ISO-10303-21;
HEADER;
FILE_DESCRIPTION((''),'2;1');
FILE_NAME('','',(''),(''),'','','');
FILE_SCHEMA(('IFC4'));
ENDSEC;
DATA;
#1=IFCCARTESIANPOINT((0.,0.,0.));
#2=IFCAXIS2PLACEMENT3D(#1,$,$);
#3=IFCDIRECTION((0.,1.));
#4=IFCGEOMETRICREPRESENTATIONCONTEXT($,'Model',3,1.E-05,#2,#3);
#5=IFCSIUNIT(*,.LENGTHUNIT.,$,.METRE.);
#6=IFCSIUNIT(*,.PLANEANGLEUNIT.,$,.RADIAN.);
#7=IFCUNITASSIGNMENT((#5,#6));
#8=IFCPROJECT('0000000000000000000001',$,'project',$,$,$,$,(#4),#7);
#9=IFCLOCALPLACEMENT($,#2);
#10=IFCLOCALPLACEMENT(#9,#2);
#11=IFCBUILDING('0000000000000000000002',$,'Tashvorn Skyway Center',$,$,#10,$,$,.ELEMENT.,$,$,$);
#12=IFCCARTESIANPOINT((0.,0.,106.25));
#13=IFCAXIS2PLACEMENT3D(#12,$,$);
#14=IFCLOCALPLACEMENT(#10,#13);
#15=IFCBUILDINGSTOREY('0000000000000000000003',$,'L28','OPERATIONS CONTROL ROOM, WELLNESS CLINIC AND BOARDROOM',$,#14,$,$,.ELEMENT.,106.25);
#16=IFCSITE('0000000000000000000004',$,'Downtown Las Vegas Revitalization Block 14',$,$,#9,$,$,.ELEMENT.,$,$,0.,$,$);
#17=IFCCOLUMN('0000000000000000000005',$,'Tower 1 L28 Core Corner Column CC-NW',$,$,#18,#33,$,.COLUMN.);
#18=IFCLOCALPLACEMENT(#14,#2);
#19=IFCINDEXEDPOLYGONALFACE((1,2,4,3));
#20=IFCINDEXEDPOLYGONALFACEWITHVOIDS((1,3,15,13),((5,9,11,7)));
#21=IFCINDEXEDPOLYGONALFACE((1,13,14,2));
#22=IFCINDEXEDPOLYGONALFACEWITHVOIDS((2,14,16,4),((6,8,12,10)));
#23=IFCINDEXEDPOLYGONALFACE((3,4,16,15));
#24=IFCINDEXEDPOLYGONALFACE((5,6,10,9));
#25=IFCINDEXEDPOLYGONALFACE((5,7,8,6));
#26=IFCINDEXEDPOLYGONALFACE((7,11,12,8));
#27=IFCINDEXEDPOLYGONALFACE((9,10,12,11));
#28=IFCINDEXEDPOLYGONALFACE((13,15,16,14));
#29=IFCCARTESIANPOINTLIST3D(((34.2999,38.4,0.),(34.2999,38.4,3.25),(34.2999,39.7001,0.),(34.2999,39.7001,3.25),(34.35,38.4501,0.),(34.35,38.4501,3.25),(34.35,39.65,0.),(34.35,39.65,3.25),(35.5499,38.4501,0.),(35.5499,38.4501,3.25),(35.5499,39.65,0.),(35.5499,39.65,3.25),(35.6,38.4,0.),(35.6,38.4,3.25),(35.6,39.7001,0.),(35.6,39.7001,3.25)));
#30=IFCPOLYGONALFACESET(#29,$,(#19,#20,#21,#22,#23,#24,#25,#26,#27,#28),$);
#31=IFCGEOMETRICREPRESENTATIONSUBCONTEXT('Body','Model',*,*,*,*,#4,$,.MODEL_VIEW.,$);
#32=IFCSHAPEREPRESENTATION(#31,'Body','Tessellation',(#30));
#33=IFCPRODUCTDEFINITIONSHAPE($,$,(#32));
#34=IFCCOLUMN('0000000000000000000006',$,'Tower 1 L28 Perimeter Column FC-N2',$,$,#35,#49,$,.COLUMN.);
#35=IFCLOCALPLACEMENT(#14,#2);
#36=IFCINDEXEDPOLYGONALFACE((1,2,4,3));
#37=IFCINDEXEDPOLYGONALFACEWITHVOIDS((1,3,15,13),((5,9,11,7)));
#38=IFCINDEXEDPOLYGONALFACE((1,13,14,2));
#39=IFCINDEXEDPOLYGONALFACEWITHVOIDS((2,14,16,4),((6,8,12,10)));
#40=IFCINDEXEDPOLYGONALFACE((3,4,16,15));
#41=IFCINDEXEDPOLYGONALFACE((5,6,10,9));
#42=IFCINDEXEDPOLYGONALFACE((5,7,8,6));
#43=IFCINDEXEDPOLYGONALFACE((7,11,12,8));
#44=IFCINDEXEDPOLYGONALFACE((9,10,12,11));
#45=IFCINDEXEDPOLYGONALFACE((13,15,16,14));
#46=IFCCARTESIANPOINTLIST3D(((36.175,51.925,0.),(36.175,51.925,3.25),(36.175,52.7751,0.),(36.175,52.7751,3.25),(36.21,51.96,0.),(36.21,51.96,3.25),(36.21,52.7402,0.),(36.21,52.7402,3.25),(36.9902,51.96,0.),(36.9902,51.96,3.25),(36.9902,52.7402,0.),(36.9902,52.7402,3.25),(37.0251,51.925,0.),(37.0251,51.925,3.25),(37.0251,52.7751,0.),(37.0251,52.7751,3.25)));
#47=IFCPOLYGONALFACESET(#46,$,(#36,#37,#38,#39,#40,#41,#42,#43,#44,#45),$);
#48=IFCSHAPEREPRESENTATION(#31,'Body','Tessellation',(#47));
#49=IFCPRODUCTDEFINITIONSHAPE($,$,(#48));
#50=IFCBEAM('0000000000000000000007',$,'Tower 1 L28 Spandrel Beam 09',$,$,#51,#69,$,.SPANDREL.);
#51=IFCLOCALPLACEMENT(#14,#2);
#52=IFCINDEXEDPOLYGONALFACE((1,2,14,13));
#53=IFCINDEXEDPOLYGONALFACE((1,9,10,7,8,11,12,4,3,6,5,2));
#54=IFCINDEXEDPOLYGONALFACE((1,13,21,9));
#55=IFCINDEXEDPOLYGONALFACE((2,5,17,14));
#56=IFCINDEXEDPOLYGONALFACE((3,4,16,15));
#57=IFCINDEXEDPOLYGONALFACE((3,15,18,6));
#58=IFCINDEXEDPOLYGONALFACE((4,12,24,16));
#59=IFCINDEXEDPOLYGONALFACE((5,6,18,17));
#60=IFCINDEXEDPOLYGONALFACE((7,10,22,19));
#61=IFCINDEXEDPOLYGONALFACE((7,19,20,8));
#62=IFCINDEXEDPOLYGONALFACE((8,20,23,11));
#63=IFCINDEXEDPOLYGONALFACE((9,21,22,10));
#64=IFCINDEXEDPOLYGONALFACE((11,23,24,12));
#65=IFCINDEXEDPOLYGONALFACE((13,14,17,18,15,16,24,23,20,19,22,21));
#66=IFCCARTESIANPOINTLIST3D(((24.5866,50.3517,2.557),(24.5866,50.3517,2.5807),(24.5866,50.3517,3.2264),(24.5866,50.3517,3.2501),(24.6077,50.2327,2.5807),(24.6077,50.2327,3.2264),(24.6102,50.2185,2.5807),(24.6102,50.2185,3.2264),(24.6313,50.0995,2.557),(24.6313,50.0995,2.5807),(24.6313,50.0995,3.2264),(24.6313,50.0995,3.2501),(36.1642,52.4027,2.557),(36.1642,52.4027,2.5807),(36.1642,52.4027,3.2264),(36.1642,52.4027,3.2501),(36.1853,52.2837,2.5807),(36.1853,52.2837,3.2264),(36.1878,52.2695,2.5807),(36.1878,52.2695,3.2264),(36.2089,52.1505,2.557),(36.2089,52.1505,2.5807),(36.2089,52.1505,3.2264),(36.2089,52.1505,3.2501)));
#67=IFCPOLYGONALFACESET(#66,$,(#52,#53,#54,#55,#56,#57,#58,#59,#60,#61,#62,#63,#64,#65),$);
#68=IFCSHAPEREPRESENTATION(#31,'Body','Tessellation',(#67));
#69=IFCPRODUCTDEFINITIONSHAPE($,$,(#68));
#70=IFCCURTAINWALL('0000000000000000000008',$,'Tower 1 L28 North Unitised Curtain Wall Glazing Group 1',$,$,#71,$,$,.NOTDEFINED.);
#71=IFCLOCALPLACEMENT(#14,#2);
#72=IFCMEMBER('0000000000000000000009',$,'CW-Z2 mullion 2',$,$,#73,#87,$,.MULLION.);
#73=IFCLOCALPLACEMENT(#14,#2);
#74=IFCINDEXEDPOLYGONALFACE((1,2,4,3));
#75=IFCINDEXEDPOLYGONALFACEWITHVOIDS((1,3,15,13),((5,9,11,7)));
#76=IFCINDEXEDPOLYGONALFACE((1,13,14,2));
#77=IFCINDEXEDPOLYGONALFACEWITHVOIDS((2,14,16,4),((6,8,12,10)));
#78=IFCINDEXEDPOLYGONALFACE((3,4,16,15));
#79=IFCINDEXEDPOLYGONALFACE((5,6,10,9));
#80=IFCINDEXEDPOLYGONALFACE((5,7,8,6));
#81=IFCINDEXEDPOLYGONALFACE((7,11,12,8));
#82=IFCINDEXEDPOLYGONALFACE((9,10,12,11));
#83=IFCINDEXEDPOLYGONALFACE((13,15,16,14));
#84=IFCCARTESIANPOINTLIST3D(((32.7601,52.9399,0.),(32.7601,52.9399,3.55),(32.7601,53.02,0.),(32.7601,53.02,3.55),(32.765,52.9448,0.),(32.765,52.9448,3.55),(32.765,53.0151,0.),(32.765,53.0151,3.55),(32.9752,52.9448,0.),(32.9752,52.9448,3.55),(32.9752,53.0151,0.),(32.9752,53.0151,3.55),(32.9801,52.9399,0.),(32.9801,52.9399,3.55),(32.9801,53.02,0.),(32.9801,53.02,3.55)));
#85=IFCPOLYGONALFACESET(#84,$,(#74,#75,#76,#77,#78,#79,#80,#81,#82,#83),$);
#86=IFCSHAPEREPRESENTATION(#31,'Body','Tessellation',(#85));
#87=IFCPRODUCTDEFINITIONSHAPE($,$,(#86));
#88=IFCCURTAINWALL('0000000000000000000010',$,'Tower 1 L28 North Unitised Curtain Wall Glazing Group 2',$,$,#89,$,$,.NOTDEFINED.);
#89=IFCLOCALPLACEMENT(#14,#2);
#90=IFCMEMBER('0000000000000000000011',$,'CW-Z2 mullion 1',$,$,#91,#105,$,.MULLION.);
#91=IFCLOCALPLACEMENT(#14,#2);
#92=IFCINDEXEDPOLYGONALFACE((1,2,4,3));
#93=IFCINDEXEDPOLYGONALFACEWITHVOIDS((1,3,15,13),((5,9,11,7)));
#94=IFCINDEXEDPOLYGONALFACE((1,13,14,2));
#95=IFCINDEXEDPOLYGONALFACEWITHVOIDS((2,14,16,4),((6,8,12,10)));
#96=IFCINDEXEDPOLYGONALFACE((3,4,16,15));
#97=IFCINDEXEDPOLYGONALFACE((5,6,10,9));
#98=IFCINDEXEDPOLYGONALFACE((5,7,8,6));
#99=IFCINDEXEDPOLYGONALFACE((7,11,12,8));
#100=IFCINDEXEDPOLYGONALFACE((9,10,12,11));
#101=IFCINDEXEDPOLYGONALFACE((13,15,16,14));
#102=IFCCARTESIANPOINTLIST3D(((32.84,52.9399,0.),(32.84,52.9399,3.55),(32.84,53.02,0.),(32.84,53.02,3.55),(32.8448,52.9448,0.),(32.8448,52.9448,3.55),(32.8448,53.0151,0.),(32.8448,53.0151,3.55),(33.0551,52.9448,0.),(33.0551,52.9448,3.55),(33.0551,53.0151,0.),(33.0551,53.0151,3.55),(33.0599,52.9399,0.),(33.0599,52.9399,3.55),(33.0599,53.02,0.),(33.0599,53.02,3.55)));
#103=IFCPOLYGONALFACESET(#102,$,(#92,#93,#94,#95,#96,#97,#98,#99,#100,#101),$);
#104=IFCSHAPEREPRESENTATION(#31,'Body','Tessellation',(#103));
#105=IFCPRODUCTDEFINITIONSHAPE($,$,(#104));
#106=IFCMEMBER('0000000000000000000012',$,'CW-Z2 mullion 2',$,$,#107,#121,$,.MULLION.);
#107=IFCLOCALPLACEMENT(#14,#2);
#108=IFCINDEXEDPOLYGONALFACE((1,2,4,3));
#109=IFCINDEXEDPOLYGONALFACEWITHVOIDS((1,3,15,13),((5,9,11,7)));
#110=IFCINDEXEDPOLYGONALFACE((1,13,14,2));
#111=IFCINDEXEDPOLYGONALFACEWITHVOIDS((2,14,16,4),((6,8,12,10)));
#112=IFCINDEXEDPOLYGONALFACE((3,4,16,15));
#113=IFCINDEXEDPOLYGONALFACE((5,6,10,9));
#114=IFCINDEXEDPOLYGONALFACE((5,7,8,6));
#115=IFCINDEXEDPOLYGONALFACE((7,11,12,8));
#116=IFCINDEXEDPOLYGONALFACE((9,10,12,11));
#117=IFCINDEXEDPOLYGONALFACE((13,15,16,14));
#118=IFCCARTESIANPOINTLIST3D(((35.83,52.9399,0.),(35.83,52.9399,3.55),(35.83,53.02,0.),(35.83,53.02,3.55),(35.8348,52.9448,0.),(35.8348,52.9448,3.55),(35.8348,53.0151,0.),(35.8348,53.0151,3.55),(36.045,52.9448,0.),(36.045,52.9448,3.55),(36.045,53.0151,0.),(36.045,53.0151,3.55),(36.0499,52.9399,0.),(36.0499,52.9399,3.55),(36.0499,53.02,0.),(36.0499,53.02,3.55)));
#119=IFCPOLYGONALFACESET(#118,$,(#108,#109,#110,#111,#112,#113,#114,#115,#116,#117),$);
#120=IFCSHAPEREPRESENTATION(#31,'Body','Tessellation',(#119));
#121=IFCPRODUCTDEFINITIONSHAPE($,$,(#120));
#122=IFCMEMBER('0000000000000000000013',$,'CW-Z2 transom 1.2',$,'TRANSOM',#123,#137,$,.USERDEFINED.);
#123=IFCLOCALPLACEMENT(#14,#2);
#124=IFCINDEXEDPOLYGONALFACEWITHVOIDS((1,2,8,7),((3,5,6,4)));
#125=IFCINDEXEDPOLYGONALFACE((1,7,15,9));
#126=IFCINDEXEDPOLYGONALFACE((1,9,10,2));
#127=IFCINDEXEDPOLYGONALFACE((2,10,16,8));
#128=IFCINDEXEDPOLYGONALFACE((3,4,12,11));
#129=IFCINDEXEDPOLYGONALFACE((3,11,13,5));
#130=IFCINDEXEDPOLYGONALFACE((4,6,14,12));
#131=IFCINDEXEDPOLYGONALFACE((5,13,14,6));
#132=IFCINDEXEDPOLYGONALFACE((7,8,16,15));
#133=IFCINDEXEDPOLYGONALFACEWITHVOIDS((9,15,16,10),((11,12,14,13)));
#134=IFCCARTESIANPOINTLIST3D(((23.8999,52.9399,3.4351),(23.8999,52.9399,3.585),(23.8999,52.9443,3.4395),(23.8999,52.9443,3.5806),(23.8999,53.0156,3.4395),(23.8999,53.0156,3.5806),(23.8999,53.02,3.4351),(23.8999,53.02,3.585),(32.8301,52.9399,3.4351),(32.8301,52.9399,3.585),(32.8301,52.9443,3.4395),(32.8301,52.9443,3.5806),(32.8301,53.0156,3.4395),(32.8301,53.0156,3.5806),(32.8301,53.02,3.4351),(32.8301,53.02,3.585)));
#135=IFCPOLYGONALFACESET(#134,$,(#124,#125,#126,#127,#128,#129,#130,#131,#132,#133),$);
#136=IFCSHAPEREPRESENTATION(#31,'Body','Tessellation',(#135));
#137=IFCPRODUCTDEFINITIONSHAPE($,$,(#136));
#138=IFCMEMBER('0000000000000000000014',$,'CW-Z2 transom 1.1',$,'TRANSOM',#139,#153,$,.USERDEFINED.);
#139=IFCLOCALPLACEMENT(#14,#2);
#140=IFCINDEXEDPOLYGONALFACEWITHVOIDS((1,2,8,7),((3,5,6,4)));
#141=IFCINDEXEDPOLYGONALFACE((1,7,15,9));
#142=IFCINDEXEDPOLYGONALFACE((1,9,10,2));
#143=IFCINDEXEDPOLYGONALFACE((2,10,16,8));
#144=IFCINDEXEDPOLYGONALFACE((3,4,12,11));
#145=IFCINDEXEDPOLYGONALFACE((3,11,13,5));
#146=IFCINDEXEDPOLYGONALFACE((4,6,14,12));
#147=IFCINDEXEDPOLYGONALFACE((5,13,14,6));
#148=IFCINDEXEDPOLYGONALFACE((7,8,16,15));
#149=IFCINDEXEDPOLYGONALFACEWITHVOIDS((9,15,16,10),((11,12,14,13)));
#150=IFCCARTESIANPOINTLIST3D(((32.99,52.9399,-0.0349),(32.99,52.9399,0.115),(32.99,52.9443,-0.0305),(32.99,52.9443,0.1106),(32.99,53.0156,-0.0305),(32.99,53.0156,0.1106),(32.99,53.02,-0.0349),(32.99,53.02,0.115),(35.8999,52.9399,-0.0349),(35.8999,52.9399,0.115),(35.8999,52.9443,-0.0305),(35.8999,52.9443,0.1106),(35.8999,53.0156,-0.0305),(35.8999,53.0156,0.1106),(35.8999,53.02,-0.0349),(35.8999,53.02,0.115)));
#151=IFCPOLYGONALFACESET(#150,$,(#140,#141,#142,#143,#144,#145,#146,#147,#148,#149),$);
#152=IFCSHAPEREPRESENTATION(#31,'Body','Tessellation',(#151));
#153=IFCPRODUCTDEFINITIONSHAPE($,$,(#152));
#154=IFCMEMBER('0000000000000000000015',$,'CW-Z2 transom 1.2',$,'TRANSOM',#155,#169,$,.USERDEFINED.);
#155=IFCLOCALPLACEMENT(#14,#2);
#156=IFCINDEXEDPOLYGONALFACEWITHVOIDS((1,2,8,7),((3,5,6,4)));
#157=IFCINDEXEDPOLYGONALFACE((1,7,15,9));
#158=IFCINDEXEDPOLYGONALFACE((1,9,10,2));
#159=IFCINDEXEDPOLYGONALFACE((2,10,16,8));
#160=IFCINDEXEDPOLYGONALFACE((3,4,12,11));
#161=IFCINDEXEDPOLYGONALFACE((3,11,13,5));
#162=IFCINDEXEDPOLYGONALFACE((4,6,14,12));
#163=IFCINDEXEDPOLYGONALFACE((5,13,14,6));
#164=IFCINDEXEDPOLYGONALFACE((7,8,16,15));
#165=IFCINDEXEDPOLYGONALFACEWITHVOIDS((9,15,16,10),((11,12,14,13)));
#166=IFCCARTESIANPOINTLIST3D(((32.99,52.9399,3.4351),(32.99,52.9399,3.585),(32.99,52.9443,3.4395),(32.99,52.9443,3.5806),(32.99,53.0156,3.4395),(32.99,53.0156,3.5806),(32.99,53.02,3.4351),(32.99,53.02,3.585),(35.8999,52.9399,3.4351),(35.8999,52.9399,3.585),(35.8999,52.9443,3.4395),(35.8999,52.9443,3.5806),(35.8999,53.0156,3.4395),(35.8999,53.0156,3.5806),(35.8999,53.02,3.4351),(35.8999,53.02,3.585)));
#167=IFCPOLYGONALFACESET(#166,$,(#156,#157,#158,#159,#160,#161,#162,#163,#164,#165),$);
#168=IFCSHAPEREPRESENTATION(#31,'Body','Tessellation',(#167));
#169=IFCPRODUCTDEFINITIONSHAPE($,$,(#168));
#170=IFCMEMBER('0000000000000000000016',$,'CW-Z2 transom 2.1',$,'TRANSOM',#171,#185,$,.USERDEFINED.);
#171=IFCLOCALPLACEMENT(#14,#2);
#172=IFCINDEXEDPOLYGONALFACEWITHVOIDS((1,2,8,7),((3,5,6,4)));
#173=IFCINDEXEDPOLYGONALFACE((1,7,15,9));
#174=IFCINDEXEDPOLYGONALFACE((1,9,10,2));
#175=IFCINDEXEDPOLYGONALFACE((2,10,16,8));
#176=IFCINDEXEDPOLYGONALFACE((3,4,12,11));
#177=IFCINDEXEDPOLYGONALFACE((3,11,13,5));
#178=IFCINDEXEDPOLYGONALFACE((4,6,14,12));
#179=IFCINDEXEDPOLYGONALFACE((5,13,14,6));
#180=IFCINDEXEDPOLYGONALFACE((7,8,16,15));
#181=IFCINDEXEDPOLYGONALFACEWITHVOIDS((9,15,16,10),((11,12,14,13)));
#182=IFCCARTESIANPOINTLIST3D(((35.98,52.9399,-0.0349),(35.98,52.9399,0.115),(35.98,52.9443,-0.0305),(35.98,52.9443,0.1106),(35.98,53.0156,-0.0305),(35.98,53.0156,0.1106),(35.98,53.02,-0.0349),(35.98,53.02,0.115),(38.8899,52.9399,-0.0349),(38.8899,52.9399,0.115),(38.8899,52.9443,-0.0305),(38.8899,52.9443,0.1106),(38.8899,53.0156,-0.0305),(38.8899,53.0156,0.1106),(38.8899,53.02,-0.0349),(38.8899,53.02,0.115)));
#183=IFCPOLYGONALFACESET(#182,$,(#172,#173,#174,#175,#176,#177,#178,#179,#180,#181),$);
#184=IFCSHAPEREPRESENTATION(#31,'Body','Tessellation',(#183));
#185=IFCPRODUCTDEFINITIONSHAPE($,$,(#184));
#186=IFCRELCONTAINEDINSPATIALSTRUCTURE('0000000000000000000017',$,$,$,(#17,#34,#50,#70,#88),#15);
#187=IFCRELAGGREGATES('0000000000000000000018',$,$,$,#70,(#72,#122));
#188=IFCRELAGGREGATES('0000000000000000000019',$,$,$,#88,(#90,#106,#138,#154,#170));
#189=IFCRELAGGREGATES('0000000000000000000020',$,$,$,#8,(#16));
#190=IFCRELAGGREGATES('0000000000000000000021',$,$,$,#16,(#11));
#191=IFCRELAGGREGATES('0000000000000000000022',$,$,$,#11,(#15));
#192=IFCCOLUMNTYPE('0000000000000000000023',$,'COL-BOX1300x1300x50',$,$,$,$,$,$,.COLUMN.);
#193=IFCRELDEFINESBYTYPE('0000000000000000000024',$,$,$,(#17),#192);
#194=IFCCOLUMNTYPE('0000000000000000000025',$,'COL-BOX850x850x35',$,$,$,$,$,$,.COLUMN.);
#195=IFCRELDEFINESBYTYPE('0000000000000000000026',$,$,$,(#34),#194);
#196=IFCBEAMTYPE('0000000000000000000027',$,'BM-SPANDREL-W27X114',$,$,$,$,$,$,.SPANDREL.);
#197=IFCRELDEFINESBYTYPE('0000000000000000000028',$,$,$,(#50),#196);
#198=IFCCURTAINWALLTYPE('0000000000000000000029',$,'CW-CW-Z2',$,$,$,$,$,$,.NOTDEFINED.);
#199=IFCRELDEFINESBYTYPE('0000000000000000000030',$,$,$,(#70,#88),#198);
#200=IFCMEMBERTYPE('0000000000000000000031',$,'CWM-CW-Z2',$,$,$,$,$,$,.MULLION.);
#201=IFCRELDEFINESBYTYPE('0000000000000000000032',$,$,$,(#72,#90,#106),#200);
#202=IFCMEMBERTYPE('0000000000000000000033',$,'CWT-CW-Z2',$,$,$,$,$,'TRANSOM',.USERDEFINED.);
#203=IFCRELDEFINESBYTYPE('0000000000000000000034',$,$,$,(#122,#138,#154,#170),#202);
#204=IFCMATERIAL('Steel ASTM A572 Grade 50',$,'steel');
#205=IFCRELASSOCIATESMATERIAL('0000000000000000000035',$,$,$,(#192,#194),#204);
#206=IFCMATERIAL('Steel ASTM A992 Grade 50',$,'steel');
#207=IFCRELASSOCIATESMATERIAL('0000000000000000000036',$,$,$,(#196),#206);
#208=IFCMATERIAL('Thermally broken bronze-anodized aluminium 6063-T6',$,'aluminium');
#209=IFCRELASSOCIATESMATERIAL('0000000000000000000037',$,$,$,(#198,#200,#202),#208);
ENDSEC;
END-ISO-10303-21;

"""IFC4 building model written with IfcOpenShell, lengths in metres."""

from ifc_helpers import new_model, si_unit, direction, frame, origin, origin_2d, place, context, subcontext, project, spatial, hollow_rectangle, i_section, extrude, material, material_profile, profile_set, type_object, element, aggregate, save


model = new_model("IFC4")

# Units and contexts
model_context = context("Model", 3, precision=1e-05, world=origin(), true_north=direction((0.0, 1.0)))
body_context = subcontext(model_context, "Body", "Model", "MODEL_VIEW")
ifc_project = project(units=[si_unit("LENGTHUNIT", "METRE"), si_unit("PLANEANGLEUNIT", "RADIAN")], contexts=[model_context])

# Site, building, storey
site_placement = place(None, origin())
site = spatial("IfcSite", under=ifc_project, at=site_placement, Name="Downtown Las Vegas Revitalization Block 14", CompositionType="ELEMENT", RefElevation=0.0)
building_placement = place(site_placement, origin())
building = spatial("IfcBuilding", under=site, at=building_placement, Name="Tashvorn Skyway Center", CompositionType="ELEMENT")
storey_placement = place(building_placement, frame((0.0, 0.0, 106.25)))
storey = spatial("IfcBuildingStorey", under=building, at=storey_placement, Name="L28", Description="OPERATIONS CONTROL ROOM, WELLNESS CLINIC AND BOARDROOM", CompositionType="ELEMENT", Elevation=106.25)

# Columns
ifc_material_1 = material(Name="Steel ASTM A572 Grade 50", Category="steel")
ifc_material_profile_1 = material_profile(ifc_material_1, hollow_rectangle(XDim=1.3, YDim=1.3, WallThickness=0.05, at=origin_2d()), Name="BOX1300x1300x50")
ifc_profile_set_1 = profile_set([ifc_material_profile_1], Name="Steel ASTM A572 Grade 50")
column_type_1 = type_object("IfcColumnType", Name="COL-BOX1300x1300x50", PredefinedType="COLUMN", material=ifc_profile_set_1)
column_1_placement = place(storey_placement, frame((34.95, 39.05, 0.0), z_axis=(0.0, 0.0, 1.0), x_axis=(1.0, 0.0, 0.0)))
element("IfcColumn", 1, at=column_1_placement, inside=storey, type_object=column_type_1, Name="Tower 1 L28 Core Corner Column CC-NW", PredefinedType="COLUMN", context=body_context, shape_type="SweptSolid", body=[
    extrude(hollow_rectangle(XDim=1.3, YDim=1.3, WallThickness=0.05, at=origin_2d()), origin(), (0.0, 0.0, 1.0), 3.25),
])
ifc_material_profile_2 = material_profile(ifc_material_1, hollow_rectangle(XDim=0.8501, YDim=0.8501, WallThickness=0.0349, at=origin_2d()), Name="BOX850x850x35")
ifc_profile_set_2 = profile_set([ifc_material_profile_2], Name="Steel ASTM A572 Grade 50")
column_type_2 = type_object("IfcColumnType", Name="COL-BOX850x850x35", PredefinedType="COLUMN", material=ifc_profile_set_2)
column_2_placement = place(storey_placement, frame((36.6001, 52.3501, 0.0), z_axis=(0.0, 0.0, 1.0), x_axis=(1.0, 0.0, 0.0)))
element("IfcColumn", 2, at=column_2_placement, inside=storey, type_object=column_type_2, Name="Tower 1 L28 Perimeter Column FC-N2", PredefinedType="COLUMN", context=body_context, shape_type="SweptSolid", body=[
    extrude(hollow_rectangle(XDim=0.8501, YDim=0.8501, WallThickness=0.0349, at=origin_2d()), origin(), (0.0, 0.0, 1.0), 3.25),
])

# Beam
ifc_material_2 = material(Name="Steel ASTM A992 Grade 50", Category="steel")
ifc_material_profile_3 = material_profile(ifc_material_2, i_section(OverallWidth=0.2561, OverallDepth=0.6931, WebThickness=0.0144, FlangeThickness=0.0237, at=origin_2d()), Name="W27X114")
ifc_profile_set_3 = profile_set([ifc_material_profile_3], Name="Steel ASTM A992 Grade 50")
beam_type = type_object("IfcBeamType", Name="BM-SPANDREL-W27X114", PredefinedType="SPANDREL", material=ifc_profile_set_3)
beam_placement = place(storey_placement, frame((36.1865, 52.2766, 2.9036), z_axis=(-0.984668, -0.174438, 0.0), x_axis=(0.174438, -0.984668, 0.0)))
element("IfcBeam", 3, at=beam_placement, inside=storey, type_object=beam_type, Name="Tower 1 L28 Spandrel Beam 09", PredefinedType="SPANDREL", context=body_context, shape_type="SweptSolid", body=[
    extrude(i_section(OverallWidth=0.2561, OverallDepth=0.6931, WebThickness=0.0144, FlangeThickness=0.0237, at=origin_2d()), origin(), (0.0, 0.0, 1.0), 11.7578),
])

# Curtain wall, member
ifc_material_3 = material(Name="Thermally broken bronze-anodized aluminium 6063-T6", Category="aluminium")
curtain_wall_type = type_object("IfcCurtainWallType", Name="CW-CW-Z2", PredefinedType="NOTDEFINED", material=ifc_material_3)
curtain_wall_1_placement = place(storey_placement, origin())
curtain_wall_1 = element("IfcCurtainWall", 4, at=curtain_wall_1_placement, inside=storey, type_object=curtain_wall_type, Name="Tower 1 L28 North Unitised Curtain Wall Glazing Group 1", PredefinedType="NOTDEFINED")
ifc_material_profile_4 = material_profile(ifc_material_3, hollow_rectangle(XDim=0.0801, YDim=0.22, WallThickness=0.0049, at=origin_2d()), Name="ALU-MULL-80x220")
ifc_profile_set_4 = profile_set([ifc_material_profile_4], Name="Thermally broken bronze-anodized aluminium 6063-T6")
member_type_1 = type_object("IfcMemberType", Name="CWM-CW-Z2", PredefinedType="MULLION", material=ifc_profile_set_4)
member_1_placement = place(storey_placement, frame((32.8701, 52.98, 0.0), z_axis=(0.0, 0.0, 1.0), x_axis=(0.0, 1.0, 0.0)))
member_1 = element("IfcMember", 5, at=member_1_placement, type_object=member_type_1, Name="CW-Z2 mullion 2", PredefinedType="MULLION", context=body_context, shape_type="SweptSolid", body=[
    extrude(hollow_rectangle(XDim=0.0801, YDim=0.22, WallThickness=0.0049, at=origin_2d()), origin(), (0.0, 0.0, 1.0), 3.55),
])

# Curtain wall, members
curtain_wall_2_placement = place(storey_placement, origin())
curtain_wall_2 = element("IfcCurtainWall", 6, at=curtain_wall_2_placement, inside=storey, type_object=curtain_wall_type, Name="Tower 1 L28 North Unitised Curtain Wall Glazing Group 2", PredefinedType="NOTDEFINED")
member_2_placement = place(storey_placement, frame((32.95, 52.98, 0.0), z_axis=(0.0, 0.0, 1.0), x_axis=(0.0, 1.0, 0.0)))
member_2 = element("IfcMember", 7, at=member_2_placement, type_object=member_type_1, Name="CW-Z2 mullion 1", PredefinedType="MULLION", context=body_context, shape_type="SweptSolid", body=[
    extrude(hollow_rectangle(XDim=0.0801, YDim=0.22, WallThickness=0.0049, at=origin_2d()), origin(), (0.0, 0.0, 1.0), 3.55),
])
member_3_placement = place(storey_placement, frame((35.9399, 52.98, 0.0), z_axis=(0.0, 0.0, 1.0), x_axis=(0.0, 1.0, 0.0)))
member_3 = element("IfcMember", 8, at=member_3_placement, type_object=member_type_1, Name="CW-Z2 mullion 2", PredefinedType="MULLION", context=body_context, shape_type="SweptSolid", body=[
    extrude(hollow_rectangle(XDim=0.0801, YDim=0.22, WallThickness=0.0049, at=origin_2d()), origin(), (0.0, 0.0, 1.0), 3.55),
])

# Members
ifc_material_profile_5 = material_profile(ifc_material_3, hollow_rectangle(XDim=0.0801, YDim=0.1499, WallThickness=0.0044, at=origin_2d()), Name="ALU-TRAN-80x150")
ifc_profile_set_5 = profile_set([ifc_material_profile_5], Name="Thermally broken bronze-anodized aluminium 6063-T6")
member_type_2 = type_object("IfcMemberType", Name="CWT-CW-Z2", ElementType="TRANSOM", PredefinedType="USERDEFINED", material=ifc_profile_set_5)
member_4_placement = place(storey_placement, frame((23.8999, 52.98, 3.51), z_axis=(1.0, 0.0, 0.0), x_axis=(0.0, 1.0, 0.0)))
member_4 = element("IfcMember", 9, at=member_4_placement, type_object=member_type_2, Name="CW-Z2 transom 1.2", ObjectType="TRANSOM", PredefinedType="USERDEFINED", context=body_context, shape_type="SweptSolid", body=[
    extrude(hollow_rectangle(XDim=0.0801, YDim=0.1499, WallThickness=0.0044, at=origin_2d()), origin(), (0.0, 0.0, 1.0), 8.9302),
])
member_5_placement = place(storey_placement, frame((32.99, 52.98, 0.04), z_axis=(1.0, 0.0, 0.0), x_axis=(0.0, 1.0, 0.0)))
member_5 = element("IfcMember", 10, at=member_5_placement, type_object=member_type_2, Name="CW-Z2 transom 1.1", ObjectType="TRANSOM", PredefinedType="USERDEFINED", context=body_context, shape_type="SweptSolid", body=[
    extrude(hollow_rectangle(XDim=0.0801, YDim=0.1499, WallThickness=0.0044, at=origin_2d()), origin(), (0.0, 0.0, 1.0), 2.9099),
])
member_6_placement = place(storey_placement, frame((32.99, 52.98, 3.51), z_axis=(1.0, 0.0, 0.0), x_axis=(0.0, 1.0, 0.0)))
member_6 = element("IfcMember", 11, at=member_6_placement, type_object=member_type_2, Name="CW-Z2 transom 1.2", ObjectType="TRANSOM", PredefinedType="USERDEFINED", context=body_context, shape_type="SweptSolid", body=[
    extrude(hollow_rectangle(XDim=0.0801, YDim=0.1499, WallThickness=0.0044, at=origin_2d()), origin(), (0.0, 0.0, 1.0), 2.9099),
])
member_7_placement = place(storey_placement, frame((35.98, 52.98, 0.04), z_axis=(1.0, 0.0, 0.0), x_axis=(0.0, 1.0, 0.0)))
member_7 = element("IfcMember", 12, at=member_7_placement, type_object=member_type_2, Name="CW-Z2 transom 2.1", ObjectType="TRANSOM", PredefinedType="USERDEFINED", context=body_context, shape_type="SweptSolid", body=[
    extrude(hollow_rectangle(XDim=0.0801, YDim=0.1499, WallThickness=0.0044, at=origin_2d()), origin(), (0.0, 0.0, 1.0), 2.9099),
])

aggregate(curtain_wall_1, [member_1, member_4])
aggregate(curtain_wall_2, [member_2, member_3, member_5, member_6, member_7])

save(model, "model.ifc")
